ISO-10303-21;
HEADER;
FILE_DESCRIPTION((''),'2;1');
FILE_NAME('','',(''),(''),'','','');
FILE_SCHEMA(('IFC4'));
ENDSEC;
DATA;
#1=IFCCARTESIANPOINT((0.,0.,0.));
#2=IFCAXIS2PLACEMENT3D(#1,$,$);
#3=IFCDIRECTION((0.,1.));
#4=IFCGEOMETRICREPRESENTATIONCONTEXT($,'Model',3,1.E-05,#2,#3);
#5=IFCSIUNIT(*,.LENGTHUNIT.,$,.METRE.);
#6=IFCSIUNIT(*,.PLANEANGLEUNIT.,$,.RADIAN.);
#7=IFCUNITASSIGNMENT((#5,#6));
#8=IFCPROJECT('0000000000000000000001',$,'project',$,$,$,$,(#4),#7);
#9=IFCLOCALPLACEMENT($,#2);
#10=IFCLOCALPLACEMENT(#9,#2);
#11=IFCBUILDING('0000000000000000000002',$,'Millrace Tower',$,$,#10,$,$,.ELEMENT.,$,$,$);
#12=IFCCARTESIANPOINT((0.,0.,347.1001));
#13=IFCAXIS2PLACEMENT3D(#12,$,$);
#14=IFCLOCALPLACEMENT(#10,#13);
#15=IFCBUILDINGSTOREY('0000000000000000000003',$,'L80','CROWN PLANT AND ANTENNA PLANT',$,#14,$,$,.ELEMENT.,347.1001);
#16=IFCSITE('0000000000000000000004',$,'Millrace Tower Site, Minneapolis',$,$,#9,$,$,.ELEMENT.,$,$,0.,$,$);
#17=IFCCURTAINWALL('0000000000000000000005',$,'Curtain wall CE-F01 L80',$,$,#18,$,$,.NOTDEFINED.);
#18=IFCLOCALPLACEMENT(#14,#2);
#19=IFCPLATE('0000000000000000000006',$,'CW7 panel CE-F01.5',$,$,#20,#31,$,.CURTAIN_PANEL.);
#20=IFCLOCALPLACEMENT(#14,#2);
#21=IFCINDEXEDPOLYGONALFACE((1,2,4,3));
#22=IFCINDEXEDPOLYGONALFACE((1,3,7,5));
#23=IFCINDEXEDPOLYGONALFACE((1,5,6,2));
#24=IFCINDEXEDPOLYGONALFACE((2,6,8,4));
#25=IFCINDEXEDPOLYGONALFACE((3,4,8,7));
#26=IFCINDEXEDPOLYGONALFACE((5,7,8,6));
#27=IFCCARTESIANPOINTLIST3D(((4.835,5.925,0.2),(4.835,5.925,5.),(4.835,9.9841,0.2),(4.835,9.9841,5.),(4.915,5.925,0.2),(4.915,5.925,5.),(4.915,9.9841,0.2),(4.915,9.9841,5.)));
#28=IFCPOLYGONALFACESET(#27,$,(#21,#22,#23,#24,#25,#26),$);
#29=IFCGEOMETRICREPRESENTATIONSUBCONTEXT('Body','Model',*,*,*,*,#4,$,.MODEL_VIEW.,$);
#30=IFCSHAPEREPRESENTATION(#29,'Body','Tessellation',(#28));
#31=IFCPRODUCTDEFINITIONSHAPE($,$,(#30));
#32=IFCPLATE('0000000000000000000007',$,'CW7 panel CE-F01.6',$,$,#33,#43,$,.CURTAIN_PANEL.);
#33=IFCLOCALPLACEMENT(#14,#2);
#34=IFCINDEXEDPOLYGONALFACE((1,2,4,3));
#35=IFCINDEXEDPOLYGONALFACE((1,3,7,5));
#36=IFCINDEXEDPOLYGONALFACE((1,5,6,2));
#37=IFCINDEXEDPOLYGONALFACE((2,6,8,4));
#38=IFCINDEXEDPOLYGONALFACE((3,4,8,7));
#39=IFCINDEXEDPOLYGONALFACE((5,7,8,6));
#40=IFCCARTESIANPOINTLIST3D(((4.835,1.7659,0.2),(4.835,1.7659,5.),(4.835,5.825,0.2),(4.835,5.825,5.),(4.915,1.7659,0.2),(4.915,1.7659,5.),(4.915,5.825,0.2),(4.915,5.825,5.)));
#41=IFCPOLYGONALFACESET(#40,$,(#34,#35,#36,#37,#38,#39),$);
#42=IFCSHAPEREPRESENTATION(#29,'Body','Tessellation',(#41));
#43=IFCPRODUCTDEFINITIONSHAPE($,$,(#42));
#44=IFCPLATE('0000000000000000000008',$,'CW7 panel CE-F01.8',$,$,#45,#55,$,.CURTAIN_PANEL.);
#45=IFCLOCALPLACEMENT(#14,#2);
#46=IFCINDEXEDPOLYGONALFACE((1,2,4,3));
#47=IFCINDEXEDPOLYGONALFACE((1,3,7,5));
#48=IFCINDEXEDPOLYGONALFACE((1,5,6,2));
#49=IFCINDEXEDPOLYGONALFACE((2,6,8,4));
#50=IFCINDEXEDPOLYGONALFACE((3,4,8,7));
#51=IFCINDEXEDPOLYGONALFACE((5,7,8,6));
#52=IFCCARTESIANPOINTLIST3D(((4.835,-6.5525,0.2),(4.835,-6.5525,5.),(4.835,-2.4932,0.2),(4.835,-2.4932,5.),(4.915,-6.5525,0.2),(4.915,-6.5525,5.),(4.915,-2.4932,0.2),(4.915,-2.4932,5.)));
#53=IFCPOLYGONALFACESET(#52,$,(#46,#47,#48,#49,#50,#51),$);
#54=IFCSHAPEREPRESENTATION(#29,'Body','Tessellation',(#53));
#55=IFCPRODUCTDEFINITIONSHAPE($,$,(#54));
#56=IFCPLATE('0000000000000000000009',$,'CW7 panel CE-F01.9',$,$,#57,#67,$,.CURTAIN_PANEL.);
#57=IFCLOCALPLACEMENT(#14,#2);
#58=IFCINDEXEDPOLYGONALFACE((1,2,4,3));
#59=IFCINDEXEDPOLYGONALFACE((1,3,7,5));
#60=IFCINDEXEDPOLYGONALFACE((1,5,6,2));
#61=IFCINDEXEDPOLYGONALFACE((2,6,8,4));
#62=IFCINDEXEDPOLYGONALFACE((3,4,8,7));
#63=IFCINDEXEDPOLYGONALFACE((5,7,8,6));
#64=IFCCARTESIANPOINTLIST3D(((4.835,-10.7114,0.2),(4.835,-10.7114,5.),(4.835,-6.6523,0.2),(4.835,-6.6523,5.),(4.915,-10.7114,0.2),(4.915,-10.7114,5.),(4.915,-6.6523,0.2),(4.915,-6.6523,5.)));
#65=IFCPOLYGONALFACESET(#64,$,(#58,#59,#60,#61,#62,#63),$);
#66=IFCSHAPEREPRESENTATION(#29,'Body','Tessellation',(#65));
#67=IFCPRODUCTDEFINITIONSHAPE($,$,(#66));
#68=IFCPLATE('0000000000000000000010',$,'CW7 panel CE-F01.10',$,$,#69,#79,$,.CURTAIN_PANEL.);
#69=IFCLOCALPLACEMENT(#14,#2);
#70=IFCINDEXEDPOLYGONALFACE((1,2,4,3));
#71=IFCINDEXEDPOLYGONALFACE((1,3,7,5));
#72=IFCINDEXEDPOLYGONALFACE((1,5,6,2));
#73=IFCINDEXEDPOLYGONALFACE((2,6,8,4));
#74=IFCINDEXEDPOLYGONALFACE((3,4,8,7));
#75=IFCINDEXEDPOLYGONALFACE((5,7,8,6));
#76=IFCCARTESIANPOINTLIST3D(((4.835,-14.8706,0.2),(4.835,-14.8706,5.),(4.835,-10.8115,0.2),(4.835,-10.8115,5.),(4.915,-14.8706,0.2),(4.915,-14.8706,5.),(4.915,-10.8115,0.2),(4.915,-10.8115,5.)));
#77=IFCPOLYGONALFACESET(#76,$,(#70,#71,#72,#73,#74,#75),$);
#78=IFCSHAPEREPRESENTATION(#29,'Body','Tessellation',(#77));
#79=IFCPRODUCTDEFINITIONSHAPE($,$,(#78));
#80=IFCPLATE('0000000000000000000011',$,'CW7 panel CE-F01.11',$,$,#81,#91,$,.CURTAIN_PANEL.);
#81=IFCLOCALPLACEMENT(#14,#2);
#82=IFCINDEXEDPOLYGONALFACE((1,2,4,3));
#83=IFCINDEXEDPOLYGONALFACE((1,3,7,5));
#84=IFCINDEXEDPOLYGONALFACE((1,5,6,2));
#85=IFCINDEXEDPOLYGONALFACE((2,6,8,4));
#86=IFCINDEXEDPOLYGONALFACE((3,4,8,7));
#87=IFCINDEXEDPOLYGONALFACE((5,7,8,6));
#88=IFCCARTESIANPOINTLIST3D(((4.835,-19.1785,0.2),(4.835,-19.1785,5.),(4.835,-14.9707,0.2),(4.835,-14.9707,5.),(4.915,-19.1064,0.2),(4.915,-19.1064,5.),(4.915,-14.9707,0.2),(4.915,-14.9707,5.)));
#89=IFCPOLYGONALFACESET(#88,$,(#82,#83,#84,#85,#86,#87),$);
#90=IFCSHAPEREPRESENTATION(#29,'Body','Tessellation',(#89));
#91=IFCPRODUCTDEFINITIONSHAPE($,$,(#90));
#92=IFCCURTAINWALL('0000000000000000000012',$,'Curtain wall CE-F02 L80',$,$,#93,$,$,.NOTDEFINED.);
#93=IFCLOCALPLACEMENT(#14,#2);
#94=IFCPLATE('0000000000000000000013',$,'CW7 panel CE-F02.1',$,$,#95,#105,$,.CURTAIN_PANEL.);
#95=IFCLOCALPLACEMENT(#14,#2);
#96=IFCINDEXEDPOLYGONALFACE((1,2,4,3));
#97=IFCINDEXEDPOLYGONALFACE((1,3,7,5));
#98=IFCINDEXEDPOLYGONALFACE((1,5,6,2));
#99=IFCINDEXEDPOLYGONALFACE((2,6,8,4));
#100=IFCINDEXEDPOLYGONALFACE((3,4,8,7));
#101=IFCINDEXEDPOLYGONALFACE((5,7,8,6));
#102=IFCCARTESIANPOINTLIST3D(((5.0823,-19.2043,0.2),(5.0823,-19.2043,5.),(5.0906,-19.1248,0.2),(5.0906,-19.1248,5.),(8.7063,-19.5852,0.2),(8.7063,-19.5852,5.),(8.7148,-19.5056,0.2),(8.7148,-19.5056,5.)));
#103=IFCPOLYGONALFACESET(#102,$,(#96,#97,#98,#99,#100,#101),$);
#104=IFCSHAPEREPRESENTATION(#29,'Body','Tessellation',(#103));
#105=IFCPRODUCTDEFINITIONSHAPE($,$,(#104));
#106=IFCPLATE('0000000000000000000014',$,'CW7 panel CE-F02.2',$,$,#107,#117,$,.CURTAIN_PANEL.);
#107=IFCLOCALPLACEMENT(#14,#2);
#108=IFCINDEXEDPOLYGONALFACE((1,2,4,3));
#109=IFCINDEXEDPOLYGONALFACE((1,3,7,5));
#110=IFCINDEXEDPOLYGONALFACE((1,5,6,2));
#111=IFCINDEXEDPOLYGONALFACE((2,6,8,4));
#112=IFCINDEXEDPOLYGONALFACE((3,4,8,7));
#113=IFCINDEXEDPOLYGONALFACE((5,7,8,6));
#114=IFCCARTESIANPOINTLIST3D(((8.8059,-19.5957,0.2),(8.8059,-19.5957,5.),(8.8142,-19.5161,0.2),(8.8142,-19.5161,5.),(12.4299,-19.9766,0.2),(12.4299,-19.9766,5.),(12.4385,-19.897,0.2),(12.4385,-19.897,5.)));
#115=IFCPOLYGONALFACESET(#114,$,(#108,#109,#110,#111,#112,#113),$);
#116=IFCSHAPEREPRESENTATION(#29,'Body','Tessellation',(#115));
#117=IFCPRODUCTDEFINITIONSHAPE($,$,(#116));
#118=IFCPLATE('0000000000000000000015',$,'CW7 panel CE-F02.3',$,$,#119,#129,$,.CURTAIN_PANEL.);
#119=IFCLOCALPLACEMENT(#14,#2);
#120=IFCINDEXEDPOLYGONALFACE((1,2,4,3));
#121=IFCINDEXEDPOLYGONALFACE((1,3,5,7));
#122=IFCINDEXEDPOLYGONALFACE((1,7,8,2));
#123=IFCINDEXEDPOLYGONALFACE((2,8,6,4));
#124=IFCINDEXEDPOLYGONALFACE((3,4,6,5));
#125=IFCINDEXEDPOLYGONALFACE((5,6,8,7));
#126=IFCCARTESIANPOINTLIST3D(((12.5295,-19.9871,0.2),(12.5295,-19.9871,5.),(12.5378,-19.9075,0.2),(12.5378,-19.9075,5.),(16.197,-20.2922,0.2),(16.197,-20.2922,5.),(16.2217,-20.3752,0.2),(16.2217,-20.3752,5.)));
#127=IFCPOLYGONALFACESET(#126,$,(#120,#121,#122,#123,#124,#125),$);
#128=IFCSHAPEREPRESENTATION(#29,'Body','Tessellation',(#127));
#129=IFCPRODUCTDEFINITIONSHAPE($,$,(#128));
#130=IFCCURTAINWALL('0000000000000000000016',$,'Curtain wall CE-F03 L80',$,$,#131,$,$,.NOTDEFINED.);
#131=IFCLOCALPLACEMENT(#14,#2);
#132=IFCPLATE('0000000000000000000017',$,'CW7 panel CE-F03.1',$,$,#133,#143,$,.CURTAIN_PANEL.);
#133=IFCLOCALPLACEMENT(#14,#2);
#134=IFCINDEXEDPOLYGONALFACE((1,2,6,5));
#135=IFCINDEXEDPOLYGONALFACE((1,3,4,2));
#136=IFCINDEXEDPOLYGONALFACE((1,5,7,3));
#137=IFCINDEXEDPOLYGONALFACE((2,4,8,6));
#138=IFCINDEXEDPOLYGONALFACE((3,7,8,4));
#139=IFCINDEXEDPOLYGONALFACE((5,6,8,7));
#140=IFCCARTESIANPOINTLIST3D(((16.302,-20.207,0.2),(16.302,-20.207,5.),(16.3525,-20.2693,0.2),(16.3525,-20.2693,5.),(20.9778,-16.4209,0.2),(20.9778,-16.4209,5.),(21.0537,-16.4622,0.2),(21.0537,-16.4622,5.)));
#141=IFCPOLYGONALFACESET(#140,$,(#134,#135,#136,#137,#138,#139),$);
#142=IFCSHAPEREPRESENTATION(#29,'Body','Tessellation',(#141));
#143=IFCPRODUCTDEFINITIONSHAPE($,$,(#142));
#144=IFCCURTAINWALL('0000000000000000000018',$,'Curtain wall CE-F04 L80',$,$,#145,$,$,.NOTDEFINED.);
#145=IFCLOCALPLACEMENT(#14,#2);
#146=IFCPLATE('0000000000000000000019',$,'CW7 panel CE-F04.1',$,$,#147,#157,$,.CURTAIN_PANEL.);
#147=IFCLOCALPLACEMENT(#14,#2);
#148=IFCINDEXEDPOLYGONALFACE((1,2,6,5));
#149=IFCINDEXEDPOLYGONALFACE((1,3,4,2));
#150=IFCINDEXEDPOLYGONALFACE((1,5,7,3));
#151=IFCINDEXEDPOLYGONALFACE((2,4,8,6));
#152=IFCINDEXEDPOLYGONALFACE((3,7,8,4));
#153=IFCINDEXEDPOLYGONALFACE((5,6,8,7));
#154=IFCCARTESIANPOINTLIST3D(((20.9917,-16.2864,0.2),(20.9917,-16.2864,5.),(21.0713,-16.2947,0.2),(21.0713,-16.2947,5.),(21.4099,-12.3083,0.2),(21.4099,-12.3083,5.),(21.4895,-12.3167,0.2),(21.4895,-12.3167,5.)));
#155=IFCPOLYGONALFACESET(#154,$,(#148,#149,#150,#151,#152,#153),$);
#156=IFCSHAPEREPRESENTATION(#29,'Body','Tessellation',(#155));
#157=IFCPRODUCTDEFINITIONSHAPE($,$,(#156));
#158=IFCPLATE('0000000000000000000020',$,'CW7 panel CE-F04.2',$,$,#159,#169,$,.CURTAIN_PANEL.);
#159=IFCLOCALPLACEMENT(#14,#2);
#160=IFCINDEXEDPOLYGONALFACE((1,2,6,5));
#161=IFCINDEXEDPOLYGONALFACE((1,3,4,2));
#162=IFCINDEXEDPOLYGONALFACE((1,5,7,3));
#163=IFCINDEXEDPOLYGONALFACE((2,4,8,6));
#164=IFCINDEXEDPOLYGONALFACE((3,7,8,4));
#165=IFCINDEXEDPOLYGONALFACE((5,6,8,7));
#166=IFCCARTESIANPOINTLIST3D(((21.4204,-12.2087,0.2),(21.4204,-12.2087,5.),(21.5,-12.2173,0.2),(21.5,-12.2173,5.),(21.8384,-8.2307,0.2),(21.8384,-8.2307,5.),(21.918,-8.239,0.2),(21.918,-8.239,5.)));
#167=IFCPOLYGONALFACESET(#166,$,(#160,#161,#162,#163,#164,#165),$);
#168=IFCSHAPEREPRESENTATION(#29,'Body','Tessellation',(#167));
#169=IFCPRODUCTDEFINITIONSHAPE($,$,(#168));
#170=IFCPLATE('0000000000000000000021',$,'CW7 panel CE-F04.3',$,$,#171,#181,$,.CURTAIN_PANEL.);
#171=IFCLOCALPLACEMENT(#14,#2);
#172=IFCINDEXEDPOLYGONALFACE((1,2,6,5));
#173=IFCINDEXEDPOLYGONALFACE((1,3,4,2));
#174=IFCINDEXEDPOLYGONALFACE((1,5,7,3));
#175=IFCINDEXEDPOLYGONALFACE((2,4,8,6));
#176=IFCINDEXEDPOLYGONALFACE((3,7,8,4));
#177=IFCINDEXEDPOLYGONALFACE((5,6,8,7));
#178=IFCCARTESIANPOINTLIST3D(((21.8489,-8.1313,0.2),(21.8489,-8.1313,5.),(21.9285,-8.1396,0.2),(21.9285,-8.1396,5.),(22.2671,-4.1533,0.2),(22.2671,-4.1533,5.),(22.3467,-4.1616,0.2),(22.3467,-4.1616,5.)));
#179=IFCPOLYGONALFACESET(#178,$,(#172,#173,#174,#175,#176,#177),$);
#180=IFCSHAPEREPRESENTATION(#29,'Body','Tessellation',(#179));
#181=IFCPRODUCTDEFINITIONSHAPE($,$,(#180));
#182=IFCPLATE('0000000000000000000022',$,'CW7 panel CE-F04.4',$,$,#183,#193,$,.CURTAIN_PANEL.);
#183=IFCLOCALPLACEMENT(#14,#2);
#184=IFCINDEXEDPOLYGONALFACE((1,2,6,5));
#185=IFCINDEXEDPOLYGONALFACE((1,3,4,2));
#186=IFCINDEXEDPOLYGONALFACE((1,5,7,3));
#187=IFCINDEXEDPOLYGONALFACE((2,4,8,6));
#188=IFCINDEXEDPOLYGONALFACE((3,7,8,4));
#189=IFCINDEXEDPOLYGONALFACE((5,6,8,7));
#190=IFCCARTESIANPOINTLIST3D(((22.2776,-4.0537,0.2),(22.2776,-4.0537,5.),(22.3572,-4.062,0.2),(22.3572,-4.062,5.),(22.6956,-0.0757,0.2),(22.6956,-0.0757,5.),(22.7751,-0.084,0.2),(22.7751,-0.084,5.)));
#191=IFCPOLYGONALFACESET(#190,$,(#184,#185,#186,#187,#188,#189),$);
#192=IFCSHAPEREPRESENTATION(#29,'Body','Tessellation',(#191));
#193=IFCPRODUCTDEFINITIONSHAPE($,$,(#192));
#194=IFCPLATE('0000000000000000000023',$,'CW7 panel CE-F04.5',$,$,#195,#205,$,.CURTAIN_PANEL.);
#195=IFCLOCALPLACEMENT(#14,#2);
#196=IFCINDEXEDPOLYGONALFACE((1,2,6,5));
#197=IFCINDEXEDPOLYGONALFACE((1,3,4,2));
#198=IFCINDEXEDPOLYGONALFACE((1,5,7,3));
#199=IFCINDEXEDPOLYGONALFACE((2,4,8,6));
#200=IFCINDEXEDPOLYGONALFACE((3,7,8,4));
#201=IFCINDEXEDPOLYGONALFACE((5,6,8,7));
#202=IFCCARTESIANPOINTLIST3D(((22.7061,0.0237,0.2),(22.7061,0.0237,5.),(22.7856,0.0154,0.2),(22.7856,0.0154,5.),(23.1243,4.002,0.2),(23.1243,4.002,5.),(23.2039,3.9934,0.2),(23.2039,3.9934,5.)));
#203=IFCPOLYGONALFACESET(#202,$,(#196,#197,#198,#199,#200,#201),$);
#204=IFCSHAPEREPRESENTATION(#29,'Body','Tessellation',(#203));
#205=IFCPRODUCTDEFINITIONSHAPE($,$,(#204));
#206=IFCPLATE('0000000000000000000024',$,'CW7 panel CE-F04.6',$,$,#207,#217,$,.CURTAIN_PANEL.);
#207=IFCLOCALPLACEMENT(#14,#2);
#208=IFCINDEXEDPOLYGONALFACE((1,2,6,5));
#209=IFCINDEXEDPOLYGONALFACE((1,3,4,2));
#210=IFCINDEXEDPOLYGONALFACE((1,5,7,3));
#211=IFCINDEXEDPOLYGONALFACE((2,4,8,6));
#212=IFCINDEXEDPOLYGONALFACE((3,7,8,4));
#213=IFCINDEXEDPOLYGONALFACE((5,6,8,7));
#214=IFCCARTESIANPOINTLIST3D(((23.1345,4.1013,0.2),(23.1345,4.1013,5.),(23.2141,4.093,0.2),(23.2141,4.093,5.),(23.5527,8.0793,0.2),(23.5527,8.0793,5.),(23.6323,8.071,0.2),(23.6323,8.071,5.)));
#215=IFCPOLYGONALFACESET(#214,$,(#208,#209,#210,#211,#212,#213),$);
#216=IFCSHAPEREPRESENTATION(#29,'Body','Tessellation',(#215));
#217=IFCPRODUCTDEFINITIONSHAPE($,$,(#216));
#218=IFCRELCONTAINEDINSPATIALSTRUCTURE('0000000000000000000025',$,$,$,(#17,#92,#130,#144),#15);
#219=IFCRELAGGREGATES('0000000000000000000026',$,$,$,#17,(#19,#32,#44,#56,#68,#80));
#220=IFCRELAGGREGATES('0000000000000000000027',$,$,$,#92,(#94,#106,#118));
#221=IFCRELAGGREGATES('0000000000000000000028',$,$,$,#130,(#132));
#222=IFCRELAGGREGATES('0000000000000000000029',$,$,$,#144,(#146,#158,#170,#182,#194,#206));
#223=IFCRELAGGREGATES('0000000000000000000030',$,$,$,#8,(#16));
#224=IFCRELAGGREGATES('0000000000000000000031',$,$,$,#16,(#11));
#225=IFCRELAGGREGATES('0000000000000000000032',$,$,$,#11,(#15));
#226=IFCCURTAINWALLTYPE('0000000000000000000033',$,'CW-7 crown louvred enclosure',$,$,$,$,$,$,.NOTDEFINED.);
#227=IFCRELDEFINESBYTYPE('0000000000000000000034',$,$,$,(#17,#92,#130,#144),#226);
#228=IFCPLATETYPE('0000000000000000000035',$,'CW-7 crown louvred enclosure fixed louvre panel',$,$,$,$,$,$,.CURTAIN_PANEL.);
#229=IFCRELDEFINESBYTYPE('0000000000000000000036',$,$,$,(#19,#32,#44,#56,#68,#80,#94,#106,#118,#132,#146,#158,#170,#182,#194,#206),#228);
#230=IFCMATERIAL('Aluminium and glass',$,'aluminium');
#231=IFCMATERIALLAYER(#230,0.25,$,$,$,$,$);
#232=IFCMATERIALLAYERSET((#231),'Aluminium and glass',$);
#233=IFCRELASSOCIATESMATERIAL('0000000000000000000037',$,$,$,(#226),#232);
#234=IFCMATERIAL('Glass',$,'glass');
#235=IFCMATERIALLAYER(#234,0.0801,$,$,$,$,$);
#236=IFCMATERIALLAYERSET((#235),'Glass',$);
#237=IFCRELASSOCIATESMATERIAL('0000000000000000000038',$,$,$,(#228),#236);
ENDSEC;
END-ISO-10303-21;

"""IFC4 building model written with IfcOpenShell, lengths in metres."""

from ifc_helpers import new_model, si_unit, direction, frame, origin, place, context, subcontext, project, spatial, polyline, outline, extrude, material, layer, layer_set, type_object, element, aggregate, save


model = new_model("IFC4")

# Units and contexts
model_context = context("Model", 3, precision=1e-05, world=origin(), true_north=direction((0.0, 1.0)))
body_context = subcontext(model_context, "Body", "Model", "MODEL_VIEW")
ifc_project = project(units=[si_unit("LENGTHUNIT", "METRE"), si_unit("PLANEANGLEUNIT", "RADIAN")], contexts=[model_context])

# Site, building, storey
site_placement = place(None, origin())
site = spatial("IfcSite", under=ifc_project, at=site_placement, Name="Millrace Tower Site, Minneapolis", CompositionType="ELEMENT", RefElevation=0.0)
building_placement = place(site_placement, origin())
building = spatial("IfcBuilding", under=site, at=building_placement, Name="Millrace Tower", CompositionType="ELEMENT")
storey_placement = place(building_placement, frame((0.0, 0.0, 347.1001)))
storey = spatial("IfcBuildingStorey", under=building, at=storey_placement, Name="L80", Description="CROWN PLANT AND ANTENNA PLANT", CompositionType="ELEMENT", Elevation=347.1001)

# Curtain walls, plates
ifc_material_1 = material(Name="Aluminium and glass", Category="aluminium")
ifc_layer_1 = layer(ifc_material_1, 0.25)
ifc_layer_set_1 = layer_set([ifc_layer_1], Name="Aluminium and glass")
curtain_wall_type = type_object("IfcCurtainWallType", Name="CW-7 crown louvred enclosure", PredefinedType="NOTDEFINED", material=ifc_layer_set_1)
placement_1 = place(storey_placement, origin())
curtain_wall_1 = element("IfcCurtainWall", 1, at=placement_1, inside=storey, type_object=curtain_wall_type, Name="Curtain wall CE-F01 L80", PredefinedType="NOTDEFINED")
ifc_material_2 = material(Name="Glass", Category="glass")
ifc_layer_2 = layer(ifc_material_2, 0.0801)
ifc_layer_set_2 = layer_set([ifc_layer_2], Name="Glass")
plate_type = type_object("IfcPlateType", Name="CW-7 crown louvred enclosure fixed louvre panel", PredefinedType="CURTAIN_PANEL", material=ifc_layer_set_2)
placement_2 = place(storey_placement, frame((0.0, 0.0, 0.2)))
plate_1 = element("IfcPlate", 2, at=placement_2, type_object=plate_type, Name="CW7 panel CE-F01.5", PredefinedType="CURTAIN_PANEL", context=body_context, shape_type="SweptSolid", body=[
    extrude(outline(polyline([(4.835, 9.9841), (4.835, 5.925), (4.915, 5.925), (4.915, 9.9841), (4.835, 9.9841)])), origin(), (0.0, 0.0, 1.0), 4.8),
])
plate_2 = element("IfcPlate", 3, at=placement_2, type_object=plate_type, Name="CW7 panel CE-F01.6", PredefinedType="CURTAIN_PANEL", context=body_context, shape_type="SweptSolid", body=[
    extrude(outline(polyline([(4.835, 5.825), (4.835, 1.7659), (4.915, 1.7659), (4.915, 5.825), (4.835, 5.825)])), origin(), (0.0, 0.0, 1.0), 4.8),
])
plate_3 = element("IfcPlate", 4, at=placement_2, type_object=plate_type, Name="CW7 panel CE-F01.8", PredefinedType="CURTAIN_PANEL", context=body_context, shape_type="SweptSolid", body=[
    extrude(outline(polyline([(4.835, -2.4932), (4.835, -6.5525), (4.915, -6.5525), (4.915, -2.4932), (4.835, -2.4932)])), origin(), (0.0, 0.0, 1.0), 4.8),
])
plate_4 = element("IfcPlate", 5, at=placement_2, type_object=plate_type, Name="CW7 panel CE-F01.9", PredefinedType="CURTAIN_PANEL", context=body_context, shape_type="SweptSolid", body=[
    extrude(outline(polyline([(4.835, -6.6523), (4.835, -10.7114), (4.915, -10.7114), (4.915, -6.6523), (4.835, -6.6523)])), origin(), (0.0, 0.0, 1.0), 4.8),
])
plate_5 = element("IfcPlate", 6, at=placement_2, type_object=plate_type, Name="CW7 panel CE-F01.10", PredefinedType="CURTAIN_PANEL", context=body_context, shape_type="SweptSolid", body=[
    extrude(outline(polyline([(4.835, -10.8115), (4.835, -14.8706), (4.915, -14.8706), (4.915, -10.8115), (4.835, -10.8115)])), origin(), (0.0, 0.0, 1.0), 4.8),
])
plate_6 = element("IfcPlate", 7, at=placement_2, type_object=plate_type, Name="CW7 panel CE-F01.11", PredefinedType="CURTAIN_PANEL", context=body_context, shape_type="SweptSolid", body=[
    extrude(outline(polyline([(4.835, -14.9707), (4.835, -19.1785), (4.915, -19.1064), (4.915, -14.9707), (4.835, -14.9707)])), origin(), (0.0, 0.0, 1.0), 4.8),
])
aggregate(curtain_wall_1, [plate_1, plate_2, plate_3, plate_4, plate_5, plate_6])
curtain_wall_2 = element("IfcCurtainWall", 8, at=placement_1, inside=storey, type_object=curtain_wall_type, Name="Curtain wall CE-F02 L80", PredefinedType="NOTDEFINED")
plate_7 = element("IfcPlate", 9, at=placement_2, type_object=plate_type, Name="CW7 panel CE-F02.1", PredefinedType="CURTAIN_PANEL", context=body_context, shape_type="SweptSolid", body=[
    extrude(outline(polyline([(5.0823, -19.2043), (8.7063, -19.5852), (8.7148, -19.5056), (5.0906, -19.1248), (5.0823, -19.2043)])), origin(), (0.0, 0.0, 1.0), 4.8),
])
plate_8 = element("IfcPlate", 10, at=placement_2, type_object=plate_type, Name="CW7 panel CE-F02.2", PredefinedType="CURTAIN_PANEL", context=body_context, shape_type="SweptSolid", body=[
    extrude(outline(polyline([(8.8059, -19.5957), (12.4299, -19.9766), (12.4385, -19.897), (8.8142, -19.5161), (8.8059, -19.5957)])), origin(), (0.0, 0.0, 1.0), 4.8),
])
plate_9 = element("IfcPlate", 11, at=placement_2, type_object=plate_type, Name="CW7 panel CE-F02.3", PredefinedType="CURTAIN_PANEL", context=body_context, shape_type="SweptSolid", body=[
    extrude(outline(polyline([(12.5295, -19.9871), (16.2217, -20.3752), (16.197, -20.2922), (12.5378, -19.9075), (12.5295, -19.9871)])), origin(), (0.0, 0.0, 1.0), 4.8),
])
aggregate(curtain_wall_2, [plate_7, plate_8, plate_9])

# Curtain wall, plate
curtain_wall_3 = element("IfcCurtainWall", 12, at=placement_1, inside=storey, type_object=curtain_wall_type, Name="Curtain wall CE-F03 L80", PredefinedType="NOTDEFINED")
plate_10 = element("IfcPlate", 13, at=placement_2, type_object=plate_type, Name="CW7 panel CE-F03.1", PredefinedType="CURTAIN_PANEL", context=body_context, shape_type="SweptSolid", body=[
    extrude(outline(polyline([(16.3525, -20.2693), (21.0537, -16.4622), (20.9778, -16.4209), (16.302, -20.207), (16.3525, -20.2693)])), origin(), (0.0, 0.0, 1.0), 4.8),
])
aggregate(curtain_wall_3, [plate_10])

# Curtain wall, plates
curtain_wall_4 = element("IfcCurtainWall", 14, at=placement_1, inside=storey, type_object=curtain_wall_type, Name="Curtain wall CE-F04 L80", PredefinedType="NOTDEFINED")
plate_11 = element("IfcPlate", 15, at=placement_2, type_object=plate_type, Name="CW7 panel CE-F04.1", PredefinedType="CURTAIN_PANEL", context=body_context, shape_type="SweptSolid", body=[
    extrude(outline(polyline([(21.0713, -16.2947), (21.4895, -12.3167), (21.4099, -12.3083), (20.9917, -16.2864), (21.0713, -16.2947)])), origin(), (0.0, 0.0, 1.0), 4.8),
])
plate_12 = element("IfcPlate", 16, at=placement_2, type_object=plate_type, Name="CW7 panel CE-F04.2", PredefinedType="CURTAIN_PANEL", context=body_context, shape_type="SweptSolid", body=[
    extrude(outline(polyline([(21.5, -12.2173), (21.918, -8.239), (21.8384, -8.2307), (21.4204, -12.2087), (21.5, -12.2173)])), origin(), (0.0, 0.0, 1.0), 4.8),
])
plate_13 = element("IfcPlate", 17, at=placement_2, type_object=plate_type, Name="CW7 panel CE-F04.3", PredefinedType="CURTAIN_PANEL", context=body_context, shape_type="SweptSolid", body=[
    extrude(outline(polyline([(21.9285, -8.1396), (22.3467, -4.1616), (22.2671, -4.1533), (21.8489, -8.1313), (21.9285, -8.1396)])), origin(), (0.0, 0.0, 1.0), 4.8),
])
plate_14 = element("IfcPlate", 18, at=placement_2, type_object=plate_type, Name="CW7 panel CE-F04.4", PredefinedType="CURTAIN_PANEL", context=body_context, shape_type="SweptSolid", body=[
    extrude(outline(polyline([(22.3572, -4.062), (22.7751, -0.084), (22.6956, -0.0757), (22.2776, -4.0537), (22.3572, -4.062)])), origin(), (0.0, 0.0, 1.0), 4.8),
])
plate_15 = element("IfcPlate", 19, at=placement_2, type_object=plate_type, Name="CW7 panel CE-F04.5", PredefinedType="CURTAIN_PANEL", context=body_context, shape_type="SweptSolid", body=[
    extrude(outline(polyline([(22.7856, 0.0154), (23.2039, 3.9934), (23.1243, 4.002), (22.7061, 0.0237), (22.7856, 0.0154)])), origin(), (0.0, 0.0, 1.0), 4.8),
])
plate_16 = element("IfcPlate", 20, at=placement_2, type_object=plate_type, Name="CW7 panel CE-F04.6", PredefinedType="CURTAIN_PANEL", context=body_context, shape_type="SweptSolid", body=[
    extrude(outline(polyline([(23.2141, 4.093), (23.6323, 8.071), (23.5527, 8.0793), (23.1345, 4.1013), (23.2141, 4.093)])), origin(), (0.0, 0.0, 1.0), 4.8),
])
aggregate(curtain_wall_4, [plate_11, plate_12, plate_13, plate_14, plate_15, plate_16])

save(model, "model.ifc")
